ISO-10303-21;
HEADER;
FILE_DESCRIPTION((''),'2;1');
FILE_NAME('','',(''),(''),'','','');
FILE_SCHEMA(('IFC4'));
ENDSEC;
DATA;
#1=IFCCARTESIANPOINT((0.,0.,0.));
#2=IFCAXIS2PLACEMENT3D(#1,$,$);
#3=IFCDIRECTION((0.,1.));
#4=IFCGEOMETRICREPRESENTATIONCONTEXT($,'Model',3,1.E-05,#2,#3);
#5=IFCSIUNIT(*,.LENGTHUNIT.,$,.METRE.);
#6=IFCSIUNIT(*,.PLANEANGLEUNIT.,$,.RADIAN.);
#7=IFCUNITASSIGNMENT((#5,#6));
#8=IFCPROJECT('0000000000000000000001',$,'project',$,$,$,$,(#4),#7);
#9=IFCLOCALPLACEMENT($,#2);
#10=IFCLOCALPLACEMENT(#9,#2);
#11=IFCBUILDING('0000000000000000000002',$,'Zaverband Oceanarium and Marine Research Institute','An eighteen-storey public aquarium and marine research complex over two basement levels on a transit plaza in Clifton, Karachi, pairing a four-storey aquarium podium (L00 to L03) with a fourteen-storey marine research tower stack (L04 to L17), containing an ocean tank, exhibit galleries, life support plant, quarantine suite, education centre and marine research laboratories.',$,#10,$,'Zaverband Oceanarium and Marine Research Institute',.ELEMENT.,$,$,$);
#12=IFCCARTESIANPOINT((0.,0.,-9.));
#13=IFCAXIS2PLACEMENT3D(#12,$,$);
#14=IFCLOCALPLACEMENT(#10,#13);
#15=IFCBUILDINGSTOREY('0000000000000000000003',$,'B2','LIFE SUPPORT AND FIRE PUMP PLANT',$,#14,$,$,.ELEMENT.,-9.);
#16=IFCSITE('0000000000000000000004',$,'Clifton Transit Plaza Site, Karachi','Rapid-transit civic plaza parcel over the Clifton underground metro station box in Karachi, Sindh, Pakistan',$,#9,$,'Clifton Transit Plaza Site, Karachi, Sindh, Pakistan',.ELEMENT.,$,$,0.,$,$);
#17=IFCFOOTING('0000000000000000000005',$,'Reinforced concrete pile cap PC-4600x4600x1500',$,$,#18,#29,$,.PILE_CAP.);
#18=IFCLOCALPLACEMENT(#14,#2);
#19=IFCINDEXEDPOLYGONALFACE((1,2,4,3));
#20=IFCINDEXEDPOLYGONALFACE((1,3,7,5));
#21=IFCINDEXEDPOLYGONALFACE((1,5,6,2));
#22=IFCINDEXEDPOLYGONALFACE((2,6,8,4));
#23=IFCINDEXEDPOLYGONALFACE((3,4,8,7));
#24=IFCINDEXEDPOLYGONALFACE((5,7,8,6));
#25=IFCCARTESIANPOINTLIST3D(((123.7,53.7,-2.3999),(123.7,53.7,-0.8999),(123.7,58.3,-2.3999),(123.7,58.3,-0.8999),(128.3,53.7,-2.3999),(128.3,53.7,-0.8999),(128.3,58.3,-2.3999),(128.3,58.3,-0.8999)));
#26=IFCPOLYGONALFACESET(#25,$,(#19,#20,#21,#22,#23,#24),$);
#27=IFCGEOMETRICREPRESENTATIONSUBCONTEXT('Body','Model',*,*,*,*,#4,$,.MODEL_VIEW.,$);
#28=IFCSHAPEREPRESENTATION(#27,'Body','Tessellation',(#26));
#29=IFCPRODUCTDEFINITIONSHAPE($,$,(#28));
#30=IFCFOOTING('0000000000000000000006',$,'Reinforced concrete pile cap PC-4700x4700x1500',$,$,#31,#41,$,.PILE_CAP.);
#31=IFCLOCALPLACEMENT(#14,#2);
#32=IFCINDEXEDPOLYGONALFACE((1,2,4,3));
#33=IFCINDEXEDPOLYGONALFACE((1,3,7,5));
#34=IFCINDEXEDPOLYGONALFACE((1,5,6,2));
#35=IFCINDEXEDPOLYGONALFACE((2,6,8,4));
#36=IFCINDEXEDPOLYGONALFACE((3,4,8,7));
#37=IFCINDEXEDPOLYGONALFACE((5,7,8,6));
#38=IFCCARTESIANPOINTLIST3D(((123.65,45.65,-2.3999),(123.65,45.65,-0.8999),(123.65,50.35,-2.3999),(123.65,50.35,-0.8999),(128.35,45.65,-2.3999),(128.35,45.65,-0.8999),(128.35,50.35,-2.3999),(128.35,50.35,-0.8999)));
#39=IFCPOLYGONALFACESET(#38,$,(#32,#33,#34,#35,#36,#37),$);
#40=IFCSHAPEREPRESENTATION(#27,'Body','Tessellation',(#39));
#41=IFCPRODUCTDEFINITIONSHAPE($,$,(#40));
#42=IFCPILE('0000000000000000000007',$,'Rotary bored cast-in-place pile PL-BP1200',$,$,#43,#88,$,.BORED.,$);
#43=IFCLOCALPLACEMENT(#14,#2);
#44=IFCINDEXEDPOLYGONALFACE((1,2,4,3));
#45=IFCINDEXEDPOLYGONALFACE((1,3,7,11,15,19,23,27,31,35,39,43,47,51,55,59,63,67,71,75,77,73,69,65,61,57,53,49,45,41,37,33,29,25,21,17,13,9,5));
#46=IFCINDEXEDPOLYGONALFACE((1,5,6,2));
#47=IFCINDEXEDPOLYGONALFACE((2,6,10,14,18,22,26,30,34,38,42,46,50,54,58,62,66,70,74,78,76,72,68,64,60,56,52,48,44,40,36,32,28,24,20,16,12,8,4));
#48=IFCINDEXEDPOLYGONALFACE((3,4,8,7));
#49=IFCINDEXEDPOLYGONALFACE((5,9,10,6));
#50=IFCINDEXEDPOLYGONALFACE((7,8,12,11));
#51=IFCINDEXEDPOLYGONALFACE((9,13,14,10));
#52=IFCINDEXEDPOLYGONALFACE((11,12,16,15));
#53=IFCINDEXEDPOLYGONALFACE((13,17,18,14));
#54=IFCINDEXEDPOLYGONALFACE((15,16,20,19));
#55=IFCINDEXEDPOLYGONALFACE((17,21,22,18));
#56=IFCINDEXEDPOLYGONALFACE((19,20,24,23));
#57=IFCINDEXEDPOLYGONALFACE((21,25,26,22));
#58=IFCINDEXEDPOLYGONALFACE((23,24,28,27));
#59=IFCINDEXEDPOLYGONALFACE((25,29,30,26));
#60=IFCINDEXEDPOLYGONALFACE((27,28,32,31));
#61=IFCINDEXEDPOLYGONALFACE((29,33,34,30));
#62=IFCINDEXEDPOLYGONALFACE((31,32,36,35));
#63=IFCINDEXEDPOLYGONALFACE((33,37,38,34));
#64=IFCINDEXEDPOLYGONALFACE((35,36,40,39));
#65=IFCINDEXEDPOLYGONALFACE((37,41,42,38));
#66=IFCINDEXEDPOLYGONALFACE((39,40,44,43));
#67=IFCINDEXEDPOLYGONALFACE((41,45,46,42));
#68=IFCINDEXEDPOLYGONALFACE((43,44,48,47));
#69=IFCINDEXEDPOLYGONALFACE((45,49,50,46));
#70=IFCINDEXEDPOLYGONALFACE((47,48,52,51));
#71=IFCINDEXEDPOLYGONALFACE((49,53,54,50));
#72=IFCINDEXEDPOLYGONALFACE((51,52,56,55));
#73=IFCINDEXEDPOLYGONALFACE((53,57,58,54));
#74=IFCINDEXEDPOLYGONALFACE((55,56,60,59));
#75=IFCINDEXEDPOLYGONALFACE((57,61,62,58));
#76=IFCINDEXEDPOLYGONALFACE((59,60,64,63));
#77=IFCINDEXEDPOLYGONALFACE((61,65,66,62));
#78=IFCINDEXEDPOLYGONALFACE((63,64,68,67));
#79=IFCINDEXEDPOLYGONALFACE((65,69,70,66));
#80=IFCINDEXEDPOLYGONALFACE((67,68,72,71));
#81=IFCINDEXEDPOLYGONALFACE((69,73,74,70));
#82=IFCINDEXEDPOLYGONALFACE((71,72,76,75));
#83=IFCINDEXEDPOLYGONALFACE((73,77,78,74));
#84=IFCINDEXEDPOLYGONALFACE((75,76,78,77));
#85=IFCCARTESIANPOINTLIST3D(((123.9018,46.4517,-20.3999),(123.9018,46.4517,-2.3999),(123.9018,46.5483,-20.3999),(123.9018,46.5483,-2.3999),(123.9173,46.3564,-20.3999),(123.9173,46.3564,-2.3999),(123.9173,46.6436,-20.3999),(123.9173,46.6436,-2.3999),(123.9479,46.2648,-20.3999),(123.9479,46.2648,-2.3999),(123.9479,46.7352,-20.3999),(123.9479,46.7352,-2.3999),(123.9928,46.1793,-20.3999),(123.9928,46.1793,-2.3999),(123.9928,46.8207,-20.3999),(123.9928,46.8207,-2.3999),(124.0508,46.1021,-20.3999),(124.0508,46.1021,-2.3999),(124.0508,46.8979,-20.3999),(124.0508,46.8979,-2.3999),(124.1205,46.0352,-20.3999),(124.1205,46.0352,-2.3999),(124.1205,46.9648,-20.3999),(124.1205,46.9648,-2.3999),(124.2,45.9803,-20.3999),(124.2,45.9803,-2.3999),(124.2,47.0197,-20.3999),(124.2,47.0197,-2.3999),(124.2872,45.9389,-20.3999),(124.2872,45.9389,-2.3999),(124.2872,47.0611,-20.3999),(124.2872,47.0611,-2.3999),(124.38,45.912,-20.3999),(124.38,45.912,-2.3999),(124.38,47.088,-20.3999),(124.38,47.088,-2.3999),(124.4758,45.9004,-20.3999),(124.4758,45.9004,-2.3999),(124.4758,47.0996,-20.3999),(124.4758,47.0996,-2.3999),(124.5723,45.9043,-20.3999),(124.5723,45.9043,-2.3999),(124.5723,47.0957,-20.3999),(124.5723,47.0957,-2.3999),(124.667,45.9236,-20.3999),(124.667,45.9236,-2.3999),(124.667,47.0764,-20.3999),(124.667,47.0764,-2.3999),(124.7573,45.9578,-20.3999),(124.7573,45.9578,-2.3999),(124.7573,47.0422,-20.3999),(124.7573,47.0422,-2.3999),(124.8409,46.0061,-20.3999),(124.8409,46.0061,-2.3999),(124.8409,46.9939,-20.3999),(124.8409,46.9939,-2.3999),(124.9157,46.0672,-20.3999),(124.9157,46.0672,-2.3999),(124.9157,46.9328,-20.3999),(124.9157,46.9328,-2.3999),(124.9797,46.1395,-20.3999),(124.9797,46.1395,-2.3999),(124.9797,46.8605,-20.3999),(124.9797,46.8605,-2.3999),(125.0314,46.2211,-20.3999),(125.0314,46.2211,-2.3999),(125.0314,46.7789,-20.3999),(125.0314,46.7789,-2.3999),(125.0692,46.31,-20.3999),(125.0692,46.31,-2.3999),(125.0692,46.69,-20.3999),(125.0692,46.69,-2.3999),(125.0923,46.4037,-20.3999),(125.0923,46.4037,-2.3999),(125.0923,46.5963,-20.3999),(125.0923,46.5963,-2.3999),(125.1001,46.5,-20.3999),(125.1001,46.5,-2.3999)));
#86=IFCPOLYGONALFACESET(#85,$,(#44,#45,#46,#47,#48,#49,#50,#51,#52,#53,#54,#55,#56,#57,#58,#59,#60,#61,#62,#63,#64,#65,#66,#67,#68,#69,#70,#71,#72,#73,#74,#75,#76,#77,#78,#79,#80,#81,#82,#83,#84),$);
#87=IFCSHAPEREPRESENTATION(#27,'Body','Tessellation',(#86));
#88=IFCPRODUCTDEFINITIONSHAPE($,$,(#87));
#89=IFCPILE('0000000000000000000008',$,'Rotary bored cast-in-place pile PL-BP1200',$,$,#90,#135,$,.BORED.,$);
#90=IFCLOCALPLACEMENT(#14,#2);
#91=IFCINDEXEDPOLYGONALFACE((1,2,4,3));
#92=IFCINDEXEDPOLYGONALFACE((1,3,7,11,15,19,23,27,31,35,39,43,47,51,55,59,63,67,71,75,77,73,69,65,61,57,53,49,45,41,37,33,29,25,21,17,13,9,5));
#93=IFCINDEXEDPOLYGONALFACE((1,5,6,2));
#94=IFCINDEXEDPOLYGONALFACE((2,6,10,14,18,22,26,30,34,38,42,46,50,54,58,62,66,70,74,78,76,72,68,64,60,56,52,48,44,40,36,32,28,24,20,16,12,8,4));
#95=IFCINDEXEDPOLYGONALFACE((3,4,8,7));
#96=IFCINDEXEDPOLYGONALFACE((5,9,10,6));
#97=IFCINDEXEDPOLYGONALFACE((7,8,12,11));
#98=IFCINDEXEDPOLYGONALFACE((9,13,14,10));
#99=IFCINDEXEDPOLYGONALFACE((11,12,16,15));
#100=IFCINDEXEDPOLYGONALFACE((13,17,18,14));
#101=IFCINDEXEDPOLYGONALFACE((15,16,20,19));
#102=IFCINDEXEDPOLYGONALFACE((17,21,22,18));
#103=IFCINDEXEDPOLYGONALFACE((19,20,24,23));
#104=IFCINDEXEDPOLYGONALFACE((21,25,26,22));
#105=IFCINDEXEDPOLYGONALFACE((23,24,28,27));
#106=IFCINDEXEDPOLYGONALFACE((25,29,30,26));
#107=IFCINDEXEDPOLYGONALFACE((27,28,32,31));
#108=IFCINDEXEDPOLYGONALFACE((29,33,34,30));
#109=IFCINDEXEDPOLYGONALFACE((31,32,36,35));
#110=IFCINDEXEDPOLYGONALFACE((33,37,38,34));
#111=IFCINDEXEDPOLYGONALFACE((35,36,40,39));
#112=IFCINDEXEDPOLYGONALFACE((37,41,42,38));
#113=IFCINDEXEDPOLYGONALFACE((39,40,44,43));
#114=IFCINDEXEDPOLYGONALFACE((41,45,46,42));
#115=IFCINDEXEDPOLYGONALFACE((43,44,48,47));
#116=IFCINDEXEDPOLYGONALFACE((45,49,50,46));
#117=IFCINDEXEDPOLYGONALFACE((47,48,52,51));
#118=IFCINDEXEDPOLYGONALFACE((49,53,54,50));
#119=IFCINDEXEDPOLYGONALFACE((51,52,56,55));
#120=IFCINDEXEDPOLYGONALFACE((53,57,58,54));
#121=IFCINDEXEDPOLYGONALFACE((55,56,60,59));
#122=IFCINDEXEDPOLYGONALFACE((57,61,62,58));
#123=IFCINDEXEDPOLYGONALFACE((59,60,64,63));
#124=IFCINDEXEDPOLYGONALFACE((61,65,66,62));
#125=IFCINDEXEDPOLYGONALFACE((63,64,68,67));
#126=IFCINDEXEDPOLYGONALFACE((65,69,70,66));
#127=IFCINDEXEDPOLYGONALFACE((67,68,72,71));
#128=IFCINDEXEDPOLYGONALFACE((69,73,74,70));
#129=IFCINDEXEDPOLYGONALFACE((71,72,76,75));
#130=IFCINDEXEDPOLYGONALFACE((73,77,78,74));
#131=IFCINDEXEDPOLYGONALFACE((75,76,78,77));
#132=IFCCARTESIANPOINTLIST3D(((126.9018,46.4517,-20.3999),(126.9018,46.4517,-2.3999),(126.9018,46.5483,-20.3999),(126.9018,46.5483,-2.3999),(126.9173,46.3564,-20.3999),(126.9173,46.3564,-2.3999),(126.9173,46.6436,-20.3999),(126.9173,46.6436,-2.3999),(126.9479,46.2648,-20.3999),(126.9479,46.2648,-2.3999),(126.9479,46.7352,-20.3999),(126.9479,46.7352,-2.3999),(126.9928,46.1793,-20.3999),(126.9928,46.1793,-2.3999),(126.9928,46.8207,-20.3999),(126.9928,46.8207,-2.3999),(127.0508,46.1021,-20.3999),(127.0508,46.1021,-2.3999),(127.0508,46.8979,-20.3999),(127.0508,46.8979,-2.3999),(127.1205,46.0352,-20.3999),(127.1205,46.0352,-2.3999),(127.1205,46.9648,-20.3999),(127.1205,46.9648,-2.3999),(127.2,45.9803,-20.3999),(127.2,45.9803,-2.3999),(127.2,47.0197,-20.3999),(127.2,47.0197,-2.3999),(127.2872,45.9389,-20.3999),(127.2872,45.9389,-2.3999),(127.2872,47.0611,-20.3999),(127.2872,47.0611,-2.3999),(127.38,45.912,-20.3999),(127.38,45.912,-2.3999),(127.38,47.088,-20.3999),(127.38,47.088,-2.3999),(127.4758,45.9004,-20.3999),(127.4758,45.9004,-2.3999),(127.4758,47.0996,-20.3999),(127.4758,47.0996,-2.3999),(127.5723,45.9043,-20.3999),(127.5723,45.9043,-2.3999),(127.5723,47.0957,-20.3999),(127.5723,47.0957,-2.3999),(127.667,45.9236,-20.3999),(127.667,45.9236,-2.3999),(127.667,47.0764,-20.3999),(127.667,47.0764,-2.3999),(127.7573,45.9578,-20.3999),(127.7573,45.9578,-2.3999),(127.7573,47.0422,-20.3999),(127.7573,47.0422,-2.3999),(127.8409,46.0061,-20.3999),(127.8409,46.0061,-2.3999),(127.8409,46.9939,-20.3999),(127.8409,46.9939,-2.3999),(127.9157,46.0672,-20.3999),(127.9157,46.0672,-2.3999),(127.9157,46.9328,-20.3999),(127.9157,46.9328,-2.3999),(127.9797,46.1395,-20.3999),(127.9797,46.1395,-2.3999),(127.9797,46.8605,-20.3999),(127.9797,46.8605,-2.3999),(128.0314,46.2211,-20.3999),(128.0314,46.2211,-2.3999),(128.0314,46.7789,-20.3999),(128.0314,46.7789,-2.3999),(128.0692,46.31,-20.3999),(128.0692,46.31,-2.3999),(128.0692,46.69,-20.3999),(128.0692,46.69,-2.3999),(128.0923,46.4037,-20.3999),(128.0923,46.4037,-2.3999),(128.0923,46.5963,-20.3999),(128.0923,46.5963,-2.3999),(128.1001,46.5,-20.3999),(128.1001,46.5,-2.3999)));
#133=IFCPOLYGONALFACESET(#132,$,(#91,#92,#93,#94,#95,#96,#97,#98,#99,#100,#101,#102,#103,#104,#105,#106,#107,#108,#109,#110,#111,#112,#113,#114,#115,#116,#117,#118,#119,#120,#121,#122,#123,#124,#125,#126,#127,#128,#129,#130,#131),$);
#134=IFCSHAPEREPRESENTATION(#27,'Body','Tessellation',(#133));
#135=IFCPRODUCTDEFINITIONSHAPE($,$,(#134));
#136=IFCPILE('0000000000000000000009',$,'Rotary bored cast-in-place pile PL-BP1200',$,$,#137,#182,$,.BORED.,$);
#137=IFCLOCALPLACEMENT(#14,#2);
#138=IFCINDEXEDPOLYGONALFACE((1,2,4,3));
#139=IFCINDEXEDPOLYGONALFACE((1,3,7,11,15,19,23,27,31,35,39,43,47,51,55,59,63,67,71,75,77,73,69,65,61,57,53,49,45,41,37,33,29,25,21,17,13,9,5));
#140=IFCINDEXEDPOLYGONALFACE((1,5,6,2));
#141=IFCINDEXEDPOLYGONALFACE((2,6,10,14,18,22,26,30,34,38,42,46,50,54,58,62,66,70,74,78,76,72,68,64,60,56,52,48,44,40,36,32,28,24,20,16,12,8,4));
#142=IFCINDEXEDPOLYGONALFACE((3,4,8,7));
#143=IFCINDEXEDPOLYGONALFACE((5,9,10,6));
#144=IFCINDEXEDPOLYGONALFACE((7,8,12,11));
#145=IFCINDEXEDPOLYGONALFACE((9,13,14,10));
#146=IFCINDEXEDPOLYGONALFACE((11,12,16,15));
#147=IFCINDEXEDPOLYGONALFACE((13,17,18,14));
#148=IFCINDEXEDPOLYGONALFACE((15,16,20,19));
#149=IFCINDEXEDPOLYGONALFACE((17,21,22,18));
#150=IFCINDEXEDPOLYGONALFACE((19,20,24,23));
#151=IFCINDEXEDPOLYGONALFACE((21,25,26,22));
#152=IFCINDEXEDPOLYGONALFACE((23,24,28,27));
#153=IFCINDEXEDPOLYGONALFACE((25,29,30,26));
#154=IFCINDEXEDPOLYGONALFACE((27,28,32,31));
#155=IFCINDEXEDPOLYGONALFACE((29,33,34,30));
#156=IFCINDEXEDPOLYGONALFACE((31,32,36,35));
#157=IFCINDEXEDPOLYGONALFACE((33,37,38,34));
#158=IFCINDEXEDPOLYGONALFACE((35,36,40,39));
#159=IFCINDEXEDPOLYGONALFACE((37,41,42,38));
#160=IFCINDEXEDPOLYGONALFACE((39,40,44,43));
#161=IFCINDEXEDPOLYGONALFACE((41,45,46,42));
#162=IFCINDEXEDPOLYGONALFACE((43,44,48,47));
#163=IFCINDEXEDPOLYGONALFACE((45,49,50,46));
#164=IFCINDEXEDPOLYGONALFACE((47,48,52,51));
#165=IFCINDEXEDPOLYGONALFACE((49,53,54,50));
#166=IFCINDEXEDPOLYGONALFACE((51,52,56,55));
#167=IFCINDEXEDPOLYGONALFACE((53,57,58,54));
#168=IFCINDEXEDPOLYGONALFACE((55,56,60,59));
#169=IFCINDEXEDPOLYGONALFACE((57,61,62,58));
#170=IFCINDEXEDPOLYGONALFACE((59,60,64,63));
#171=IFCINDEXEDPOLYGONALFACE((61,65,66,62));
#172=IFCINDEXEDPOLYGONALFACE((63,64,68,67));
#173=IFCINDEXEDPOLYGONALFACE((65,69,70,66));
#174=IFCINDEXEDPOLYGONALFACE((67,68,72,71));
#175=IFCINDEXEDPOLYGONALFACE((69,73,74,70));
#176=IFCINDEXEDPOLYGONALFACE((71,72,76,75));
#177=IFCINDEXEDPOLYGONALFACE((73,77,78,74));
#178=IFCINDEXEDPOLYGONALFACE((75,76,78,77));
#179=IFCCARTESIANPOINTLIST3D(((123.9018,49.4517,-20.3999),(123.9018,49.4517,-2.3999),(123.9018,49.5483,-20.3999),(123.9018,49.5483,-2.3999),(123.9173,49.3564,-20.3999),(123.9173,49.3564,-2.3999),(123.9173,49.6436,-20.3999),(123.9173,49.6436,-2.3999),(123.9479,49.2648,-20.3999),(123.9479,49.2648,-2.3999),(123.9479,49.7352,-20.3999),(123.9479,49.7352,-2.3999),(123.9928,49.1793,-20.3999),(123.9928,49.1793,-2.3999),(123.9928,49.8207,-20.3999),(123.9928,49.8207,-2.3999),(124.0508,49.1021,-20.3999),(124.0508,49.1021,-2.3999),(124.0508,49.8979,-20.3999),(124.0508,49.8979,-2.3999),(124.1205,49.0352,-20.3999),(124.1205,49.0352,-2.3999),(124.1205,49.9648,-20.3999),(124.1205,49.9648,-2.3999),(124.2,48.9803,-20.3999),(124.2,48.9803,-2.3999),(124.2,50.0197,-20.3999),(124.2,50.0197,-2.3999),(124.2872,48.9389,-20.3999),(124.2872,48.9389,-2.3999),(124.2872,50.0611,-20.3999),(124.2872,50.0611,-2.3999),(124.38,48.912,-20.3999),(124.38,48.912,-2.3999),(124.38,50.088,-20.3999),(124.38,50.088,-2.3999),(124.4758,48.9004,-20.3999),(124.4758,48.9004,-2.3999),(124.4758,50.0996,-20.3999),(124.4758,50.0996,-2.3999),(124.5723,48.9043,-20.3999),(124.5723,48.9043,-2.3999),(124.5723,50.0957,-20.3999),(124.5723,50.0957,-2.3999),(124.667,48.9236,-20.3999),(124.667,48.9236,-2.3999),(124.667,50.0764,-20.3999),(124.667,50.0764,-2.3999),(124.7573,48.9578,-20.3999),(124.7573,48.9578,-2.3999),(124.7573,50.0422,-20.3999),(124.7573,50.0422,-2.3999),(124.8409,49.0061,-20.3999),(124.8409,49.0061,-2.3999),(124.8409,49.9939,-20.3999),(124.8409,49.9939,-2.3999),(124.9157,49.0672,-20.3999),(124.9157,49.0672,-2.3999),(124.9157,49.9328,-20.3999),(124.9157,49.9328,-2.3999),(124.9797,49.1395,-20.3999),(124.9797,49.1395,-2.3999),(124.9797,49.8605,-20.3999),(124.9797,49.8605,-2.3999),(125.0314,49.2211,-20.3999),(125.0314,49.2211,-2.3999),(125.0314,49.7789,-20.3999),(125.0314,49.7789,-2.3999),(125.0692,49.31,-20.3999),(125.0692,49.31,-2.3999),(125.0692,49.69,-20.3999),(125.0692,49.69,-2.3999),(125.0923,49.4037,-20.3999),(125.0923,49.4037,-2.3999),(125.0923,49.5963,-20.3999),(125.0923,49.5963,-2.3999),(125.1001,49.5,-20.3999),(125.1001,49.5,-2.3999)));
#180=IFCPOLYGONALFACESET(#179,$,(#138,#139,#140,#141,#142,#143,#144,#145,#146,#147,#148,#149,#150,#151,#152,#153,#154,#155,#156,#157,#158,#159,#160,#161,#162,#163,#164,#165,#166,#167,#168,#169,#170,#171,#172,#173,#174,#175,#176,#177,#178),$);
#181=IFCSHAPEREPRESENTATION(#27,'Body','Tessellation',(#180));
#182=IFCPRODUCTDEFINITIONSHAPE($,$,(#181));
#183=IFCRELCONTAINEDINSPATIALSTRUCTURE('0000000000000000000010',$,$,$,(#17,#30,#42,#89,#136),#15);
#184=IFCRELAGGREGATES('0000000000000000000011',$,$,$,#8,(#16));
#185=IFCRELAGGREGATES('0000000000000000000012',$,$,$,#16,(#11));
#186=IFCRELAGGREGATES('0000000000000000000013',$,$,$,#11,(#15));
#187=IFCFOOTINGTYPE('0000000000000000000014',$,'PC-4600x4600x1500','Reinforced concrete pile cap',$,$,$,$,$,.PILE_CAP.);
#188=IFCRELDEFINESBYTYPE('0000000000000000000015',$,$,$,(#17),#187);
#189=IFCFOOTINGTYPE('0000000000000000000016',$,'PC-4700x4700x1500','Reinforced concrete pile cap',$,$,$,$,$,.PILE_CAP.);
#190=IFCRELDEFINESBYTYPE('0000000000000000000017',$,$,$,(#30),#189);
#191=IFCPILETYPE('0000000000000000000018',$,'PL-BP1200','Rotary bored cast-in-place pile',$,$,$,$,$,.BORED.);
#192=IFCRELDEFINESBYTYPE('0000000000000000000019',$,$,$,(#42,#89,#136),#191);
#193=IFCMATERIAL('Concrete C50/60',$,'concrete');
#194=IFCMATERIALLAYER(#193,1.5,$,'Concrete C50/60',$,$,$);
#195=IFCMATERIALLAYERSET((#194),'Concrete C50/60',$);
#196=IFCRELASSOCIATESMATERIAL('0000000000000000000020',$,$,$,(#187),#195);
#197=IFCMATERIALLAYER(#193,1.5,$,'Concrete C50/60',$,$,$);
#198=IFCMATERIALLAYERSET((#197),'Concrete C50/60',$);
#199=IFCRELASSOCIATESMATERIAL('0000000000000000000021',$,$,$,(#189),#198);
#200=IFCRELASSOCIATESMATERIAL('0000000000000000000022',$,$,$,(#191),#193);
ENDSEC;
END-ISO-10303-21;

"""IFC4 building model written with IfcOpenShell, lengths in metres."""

from ifc_helpers import new_model, si_unit, direction, frame, origin, origin_2d, place, context, subcontext, project, spatial, rectangle, circle, extrude, material, layer, layer_set, material_profile, profile_set, type_object, element, save


model = new_model("IFC4")

# Units and contexts
model_context = context("Model", 3, precision=1e-05, world=origin(), true_north=direction((0.0, 1.0)))
body_context = subcontext(model_context, "Body", "Model", "MODEL_VIEW")
ifc_project = project(units=[si_unit("LENGTHUNIT", "METRE"), si_unit("PLANEANGLEUNIT", "RADIAN")], contexts=[model_context])

# Site, building, storey
site_placement = place(None, origin())
site = spatial("IfcSite", under=ifc_project, at=site_placement, Name="Clifton Transit Plaza Site, Karachi", Description="Rapid-transit civic plaza parcel over the Clifton underground metro station box in Karachi, Sindh, Pakistan", LongName="Clifton Transit Plaza Site, Karachi, Sindh, Pakistan", CompositionType="ELEMENT", RefElevation=0.0)
building_placement = place(site_placement, origin())
building = spatial("IfcBuilding", under=site, at=building_placement, Name="Zaverband Oceanarium and Marine Research Institute", Description="An eighteen-storey public aquarium and marine research complex over two basement levels on a transit plaza in Clifton, Karachi, pairing a four-storey aquarium podium (L00 to L03) with a fourteen-storey marine research tower stack (L04 to L17), containing an ocean tank, exhibit galleries, life support plant, quarantine suite, education centre and marine research laboratories.", LongName="Zaverband Oceanarium and Marine Research Institute", CompositionType="ELEMENT")
storey_placement = place(building_placement, frame((0.0, 0.0, -9.0)))
storey = spatial("IfcBuildingStorey", under=building, at=storey_placement, Name="B2", Description="LIFE SUPPORT AND FIRE PUMP PLANT", CompositionType="ELEMENT", Elevation=-9.0)

# Footings
ifc_material_1 = material(Name="Concrete C50/60", Category="concrete")
ifc_layer_1 = layer(ifc_material_1, 1.5, Name="Concrete C50/60")
ifc_layer_set_1 = layer_set([ifc_layer_1], Name="Concrete C50/60")
footing_type_1 = type_object("IfcFootingType", Name="PC-4600x4600x1500", Description="Reinforced concrete pile cap", PredefinedType="PILE_CAP", material=ifc_layer_set_1)
footing_1_placement = place(storey_placement, frame((126.0, 56.0, -2.3999), z_axis=(0.0, 0.0, 1.0), x_axis=(1.0, 0.0, 0.0)))
element("IfcFooting", 1, at=footing_1_placement, inside=storey, type_object=footing_type_1, Name="Reinforced concrete pile cap PC-4600x4600x1500", PredefinedType="PILE_CAP", context=body_context, shape_type="SweptSolid", body=[
    extrude(rectangle(XDim=4.6001, YDim=4.6001, at=origin_2d()), origin(), (0.0, 0.0, 1.0), 1.5),
])
ifc_layer_2 = layer(ifc_material_1, 1.5, Name="Concrete C50/60")
ifc_layer_set_2 = layer_set([ifc_layer_2], Name="Concrete C50/60")
footing_type_2 = type_object("IfcFootingType", Name="PC-4700x4700x1500", Description="Reinforced concrete pile cap", PredefinedType="PILE_CAP", material=ifc_layer_set_2)
footing_2_placement = place(storey_placement, frame((126.0, 48.0, -2.3999), z_axis=(0.0, 0.0, 1.0), x_axis=(1.0, 0.0, 0.0)))
element("IfcFooting", 2, at=footing_2_placement, inside=storey, type_object=footing_type_2, Name="Reinforced concrete pile cap PC-4700x4700x1500", PredefinedType="PILE_CAP", context=body_context, shape_type="SweptSolid", body=[
    extrude(rectangle(XDim=4.7, YDim=4.7, at=origin_2d()), origin(), (0.0, 0.0, 1.0), 1.5),
])

# Piles
ifc_material_profile_1 = material_profile(ifc_material_1, circle(Radius=0.6001, at=origin_2d()), Name="BP1200")
ifc_profile_set_1 = profile_set([ifc_material_profile_1], Name="Concrete C50/60")
pile_type = type_object("IfcPileType", Name="PL-BP1200", Description="Rotary bored cast-in-place pile", PredefinedType="BORED", material=ifc_profile_set_1)
for number, where, z_axis, x_axis, name in (
    (3, (124.5, 46.5, -2.3999), (0.0, 0.0, -1.0), (1.0, 0.0, 0.0), "Rotary bored cast-in-place pile PL-BP1200"),
    (4, (127.5, 46.5, -2.3999), (0.0, 0.0, -1.0), (1.0, 0.0, 0.0), "Rotary bored cast-in-place pile PL-BP1200"),
    (5, (124.5, 49.5, -2.3999), (0.0, 0.0, -1.0), (1.0, 0.0, 0.0), "Rotary bored cast-in-place pile PL-BP1200"),
):
    element("IfcPile", number, at=place(storey_placement, frame(where, z_axis=z_axis, x_axis=x_axis)), inside=storey, type_object=pile_type, Name=name, PredefinedType="BORED", context=body_context, shape_type="SweptSolid", body=[
        extrude(circle(Radius=0.6001, at=origin_2d()), origin(), (0.0, 0.0, 1.0), 18.0),
    ])

save(model, "model.ifc")
